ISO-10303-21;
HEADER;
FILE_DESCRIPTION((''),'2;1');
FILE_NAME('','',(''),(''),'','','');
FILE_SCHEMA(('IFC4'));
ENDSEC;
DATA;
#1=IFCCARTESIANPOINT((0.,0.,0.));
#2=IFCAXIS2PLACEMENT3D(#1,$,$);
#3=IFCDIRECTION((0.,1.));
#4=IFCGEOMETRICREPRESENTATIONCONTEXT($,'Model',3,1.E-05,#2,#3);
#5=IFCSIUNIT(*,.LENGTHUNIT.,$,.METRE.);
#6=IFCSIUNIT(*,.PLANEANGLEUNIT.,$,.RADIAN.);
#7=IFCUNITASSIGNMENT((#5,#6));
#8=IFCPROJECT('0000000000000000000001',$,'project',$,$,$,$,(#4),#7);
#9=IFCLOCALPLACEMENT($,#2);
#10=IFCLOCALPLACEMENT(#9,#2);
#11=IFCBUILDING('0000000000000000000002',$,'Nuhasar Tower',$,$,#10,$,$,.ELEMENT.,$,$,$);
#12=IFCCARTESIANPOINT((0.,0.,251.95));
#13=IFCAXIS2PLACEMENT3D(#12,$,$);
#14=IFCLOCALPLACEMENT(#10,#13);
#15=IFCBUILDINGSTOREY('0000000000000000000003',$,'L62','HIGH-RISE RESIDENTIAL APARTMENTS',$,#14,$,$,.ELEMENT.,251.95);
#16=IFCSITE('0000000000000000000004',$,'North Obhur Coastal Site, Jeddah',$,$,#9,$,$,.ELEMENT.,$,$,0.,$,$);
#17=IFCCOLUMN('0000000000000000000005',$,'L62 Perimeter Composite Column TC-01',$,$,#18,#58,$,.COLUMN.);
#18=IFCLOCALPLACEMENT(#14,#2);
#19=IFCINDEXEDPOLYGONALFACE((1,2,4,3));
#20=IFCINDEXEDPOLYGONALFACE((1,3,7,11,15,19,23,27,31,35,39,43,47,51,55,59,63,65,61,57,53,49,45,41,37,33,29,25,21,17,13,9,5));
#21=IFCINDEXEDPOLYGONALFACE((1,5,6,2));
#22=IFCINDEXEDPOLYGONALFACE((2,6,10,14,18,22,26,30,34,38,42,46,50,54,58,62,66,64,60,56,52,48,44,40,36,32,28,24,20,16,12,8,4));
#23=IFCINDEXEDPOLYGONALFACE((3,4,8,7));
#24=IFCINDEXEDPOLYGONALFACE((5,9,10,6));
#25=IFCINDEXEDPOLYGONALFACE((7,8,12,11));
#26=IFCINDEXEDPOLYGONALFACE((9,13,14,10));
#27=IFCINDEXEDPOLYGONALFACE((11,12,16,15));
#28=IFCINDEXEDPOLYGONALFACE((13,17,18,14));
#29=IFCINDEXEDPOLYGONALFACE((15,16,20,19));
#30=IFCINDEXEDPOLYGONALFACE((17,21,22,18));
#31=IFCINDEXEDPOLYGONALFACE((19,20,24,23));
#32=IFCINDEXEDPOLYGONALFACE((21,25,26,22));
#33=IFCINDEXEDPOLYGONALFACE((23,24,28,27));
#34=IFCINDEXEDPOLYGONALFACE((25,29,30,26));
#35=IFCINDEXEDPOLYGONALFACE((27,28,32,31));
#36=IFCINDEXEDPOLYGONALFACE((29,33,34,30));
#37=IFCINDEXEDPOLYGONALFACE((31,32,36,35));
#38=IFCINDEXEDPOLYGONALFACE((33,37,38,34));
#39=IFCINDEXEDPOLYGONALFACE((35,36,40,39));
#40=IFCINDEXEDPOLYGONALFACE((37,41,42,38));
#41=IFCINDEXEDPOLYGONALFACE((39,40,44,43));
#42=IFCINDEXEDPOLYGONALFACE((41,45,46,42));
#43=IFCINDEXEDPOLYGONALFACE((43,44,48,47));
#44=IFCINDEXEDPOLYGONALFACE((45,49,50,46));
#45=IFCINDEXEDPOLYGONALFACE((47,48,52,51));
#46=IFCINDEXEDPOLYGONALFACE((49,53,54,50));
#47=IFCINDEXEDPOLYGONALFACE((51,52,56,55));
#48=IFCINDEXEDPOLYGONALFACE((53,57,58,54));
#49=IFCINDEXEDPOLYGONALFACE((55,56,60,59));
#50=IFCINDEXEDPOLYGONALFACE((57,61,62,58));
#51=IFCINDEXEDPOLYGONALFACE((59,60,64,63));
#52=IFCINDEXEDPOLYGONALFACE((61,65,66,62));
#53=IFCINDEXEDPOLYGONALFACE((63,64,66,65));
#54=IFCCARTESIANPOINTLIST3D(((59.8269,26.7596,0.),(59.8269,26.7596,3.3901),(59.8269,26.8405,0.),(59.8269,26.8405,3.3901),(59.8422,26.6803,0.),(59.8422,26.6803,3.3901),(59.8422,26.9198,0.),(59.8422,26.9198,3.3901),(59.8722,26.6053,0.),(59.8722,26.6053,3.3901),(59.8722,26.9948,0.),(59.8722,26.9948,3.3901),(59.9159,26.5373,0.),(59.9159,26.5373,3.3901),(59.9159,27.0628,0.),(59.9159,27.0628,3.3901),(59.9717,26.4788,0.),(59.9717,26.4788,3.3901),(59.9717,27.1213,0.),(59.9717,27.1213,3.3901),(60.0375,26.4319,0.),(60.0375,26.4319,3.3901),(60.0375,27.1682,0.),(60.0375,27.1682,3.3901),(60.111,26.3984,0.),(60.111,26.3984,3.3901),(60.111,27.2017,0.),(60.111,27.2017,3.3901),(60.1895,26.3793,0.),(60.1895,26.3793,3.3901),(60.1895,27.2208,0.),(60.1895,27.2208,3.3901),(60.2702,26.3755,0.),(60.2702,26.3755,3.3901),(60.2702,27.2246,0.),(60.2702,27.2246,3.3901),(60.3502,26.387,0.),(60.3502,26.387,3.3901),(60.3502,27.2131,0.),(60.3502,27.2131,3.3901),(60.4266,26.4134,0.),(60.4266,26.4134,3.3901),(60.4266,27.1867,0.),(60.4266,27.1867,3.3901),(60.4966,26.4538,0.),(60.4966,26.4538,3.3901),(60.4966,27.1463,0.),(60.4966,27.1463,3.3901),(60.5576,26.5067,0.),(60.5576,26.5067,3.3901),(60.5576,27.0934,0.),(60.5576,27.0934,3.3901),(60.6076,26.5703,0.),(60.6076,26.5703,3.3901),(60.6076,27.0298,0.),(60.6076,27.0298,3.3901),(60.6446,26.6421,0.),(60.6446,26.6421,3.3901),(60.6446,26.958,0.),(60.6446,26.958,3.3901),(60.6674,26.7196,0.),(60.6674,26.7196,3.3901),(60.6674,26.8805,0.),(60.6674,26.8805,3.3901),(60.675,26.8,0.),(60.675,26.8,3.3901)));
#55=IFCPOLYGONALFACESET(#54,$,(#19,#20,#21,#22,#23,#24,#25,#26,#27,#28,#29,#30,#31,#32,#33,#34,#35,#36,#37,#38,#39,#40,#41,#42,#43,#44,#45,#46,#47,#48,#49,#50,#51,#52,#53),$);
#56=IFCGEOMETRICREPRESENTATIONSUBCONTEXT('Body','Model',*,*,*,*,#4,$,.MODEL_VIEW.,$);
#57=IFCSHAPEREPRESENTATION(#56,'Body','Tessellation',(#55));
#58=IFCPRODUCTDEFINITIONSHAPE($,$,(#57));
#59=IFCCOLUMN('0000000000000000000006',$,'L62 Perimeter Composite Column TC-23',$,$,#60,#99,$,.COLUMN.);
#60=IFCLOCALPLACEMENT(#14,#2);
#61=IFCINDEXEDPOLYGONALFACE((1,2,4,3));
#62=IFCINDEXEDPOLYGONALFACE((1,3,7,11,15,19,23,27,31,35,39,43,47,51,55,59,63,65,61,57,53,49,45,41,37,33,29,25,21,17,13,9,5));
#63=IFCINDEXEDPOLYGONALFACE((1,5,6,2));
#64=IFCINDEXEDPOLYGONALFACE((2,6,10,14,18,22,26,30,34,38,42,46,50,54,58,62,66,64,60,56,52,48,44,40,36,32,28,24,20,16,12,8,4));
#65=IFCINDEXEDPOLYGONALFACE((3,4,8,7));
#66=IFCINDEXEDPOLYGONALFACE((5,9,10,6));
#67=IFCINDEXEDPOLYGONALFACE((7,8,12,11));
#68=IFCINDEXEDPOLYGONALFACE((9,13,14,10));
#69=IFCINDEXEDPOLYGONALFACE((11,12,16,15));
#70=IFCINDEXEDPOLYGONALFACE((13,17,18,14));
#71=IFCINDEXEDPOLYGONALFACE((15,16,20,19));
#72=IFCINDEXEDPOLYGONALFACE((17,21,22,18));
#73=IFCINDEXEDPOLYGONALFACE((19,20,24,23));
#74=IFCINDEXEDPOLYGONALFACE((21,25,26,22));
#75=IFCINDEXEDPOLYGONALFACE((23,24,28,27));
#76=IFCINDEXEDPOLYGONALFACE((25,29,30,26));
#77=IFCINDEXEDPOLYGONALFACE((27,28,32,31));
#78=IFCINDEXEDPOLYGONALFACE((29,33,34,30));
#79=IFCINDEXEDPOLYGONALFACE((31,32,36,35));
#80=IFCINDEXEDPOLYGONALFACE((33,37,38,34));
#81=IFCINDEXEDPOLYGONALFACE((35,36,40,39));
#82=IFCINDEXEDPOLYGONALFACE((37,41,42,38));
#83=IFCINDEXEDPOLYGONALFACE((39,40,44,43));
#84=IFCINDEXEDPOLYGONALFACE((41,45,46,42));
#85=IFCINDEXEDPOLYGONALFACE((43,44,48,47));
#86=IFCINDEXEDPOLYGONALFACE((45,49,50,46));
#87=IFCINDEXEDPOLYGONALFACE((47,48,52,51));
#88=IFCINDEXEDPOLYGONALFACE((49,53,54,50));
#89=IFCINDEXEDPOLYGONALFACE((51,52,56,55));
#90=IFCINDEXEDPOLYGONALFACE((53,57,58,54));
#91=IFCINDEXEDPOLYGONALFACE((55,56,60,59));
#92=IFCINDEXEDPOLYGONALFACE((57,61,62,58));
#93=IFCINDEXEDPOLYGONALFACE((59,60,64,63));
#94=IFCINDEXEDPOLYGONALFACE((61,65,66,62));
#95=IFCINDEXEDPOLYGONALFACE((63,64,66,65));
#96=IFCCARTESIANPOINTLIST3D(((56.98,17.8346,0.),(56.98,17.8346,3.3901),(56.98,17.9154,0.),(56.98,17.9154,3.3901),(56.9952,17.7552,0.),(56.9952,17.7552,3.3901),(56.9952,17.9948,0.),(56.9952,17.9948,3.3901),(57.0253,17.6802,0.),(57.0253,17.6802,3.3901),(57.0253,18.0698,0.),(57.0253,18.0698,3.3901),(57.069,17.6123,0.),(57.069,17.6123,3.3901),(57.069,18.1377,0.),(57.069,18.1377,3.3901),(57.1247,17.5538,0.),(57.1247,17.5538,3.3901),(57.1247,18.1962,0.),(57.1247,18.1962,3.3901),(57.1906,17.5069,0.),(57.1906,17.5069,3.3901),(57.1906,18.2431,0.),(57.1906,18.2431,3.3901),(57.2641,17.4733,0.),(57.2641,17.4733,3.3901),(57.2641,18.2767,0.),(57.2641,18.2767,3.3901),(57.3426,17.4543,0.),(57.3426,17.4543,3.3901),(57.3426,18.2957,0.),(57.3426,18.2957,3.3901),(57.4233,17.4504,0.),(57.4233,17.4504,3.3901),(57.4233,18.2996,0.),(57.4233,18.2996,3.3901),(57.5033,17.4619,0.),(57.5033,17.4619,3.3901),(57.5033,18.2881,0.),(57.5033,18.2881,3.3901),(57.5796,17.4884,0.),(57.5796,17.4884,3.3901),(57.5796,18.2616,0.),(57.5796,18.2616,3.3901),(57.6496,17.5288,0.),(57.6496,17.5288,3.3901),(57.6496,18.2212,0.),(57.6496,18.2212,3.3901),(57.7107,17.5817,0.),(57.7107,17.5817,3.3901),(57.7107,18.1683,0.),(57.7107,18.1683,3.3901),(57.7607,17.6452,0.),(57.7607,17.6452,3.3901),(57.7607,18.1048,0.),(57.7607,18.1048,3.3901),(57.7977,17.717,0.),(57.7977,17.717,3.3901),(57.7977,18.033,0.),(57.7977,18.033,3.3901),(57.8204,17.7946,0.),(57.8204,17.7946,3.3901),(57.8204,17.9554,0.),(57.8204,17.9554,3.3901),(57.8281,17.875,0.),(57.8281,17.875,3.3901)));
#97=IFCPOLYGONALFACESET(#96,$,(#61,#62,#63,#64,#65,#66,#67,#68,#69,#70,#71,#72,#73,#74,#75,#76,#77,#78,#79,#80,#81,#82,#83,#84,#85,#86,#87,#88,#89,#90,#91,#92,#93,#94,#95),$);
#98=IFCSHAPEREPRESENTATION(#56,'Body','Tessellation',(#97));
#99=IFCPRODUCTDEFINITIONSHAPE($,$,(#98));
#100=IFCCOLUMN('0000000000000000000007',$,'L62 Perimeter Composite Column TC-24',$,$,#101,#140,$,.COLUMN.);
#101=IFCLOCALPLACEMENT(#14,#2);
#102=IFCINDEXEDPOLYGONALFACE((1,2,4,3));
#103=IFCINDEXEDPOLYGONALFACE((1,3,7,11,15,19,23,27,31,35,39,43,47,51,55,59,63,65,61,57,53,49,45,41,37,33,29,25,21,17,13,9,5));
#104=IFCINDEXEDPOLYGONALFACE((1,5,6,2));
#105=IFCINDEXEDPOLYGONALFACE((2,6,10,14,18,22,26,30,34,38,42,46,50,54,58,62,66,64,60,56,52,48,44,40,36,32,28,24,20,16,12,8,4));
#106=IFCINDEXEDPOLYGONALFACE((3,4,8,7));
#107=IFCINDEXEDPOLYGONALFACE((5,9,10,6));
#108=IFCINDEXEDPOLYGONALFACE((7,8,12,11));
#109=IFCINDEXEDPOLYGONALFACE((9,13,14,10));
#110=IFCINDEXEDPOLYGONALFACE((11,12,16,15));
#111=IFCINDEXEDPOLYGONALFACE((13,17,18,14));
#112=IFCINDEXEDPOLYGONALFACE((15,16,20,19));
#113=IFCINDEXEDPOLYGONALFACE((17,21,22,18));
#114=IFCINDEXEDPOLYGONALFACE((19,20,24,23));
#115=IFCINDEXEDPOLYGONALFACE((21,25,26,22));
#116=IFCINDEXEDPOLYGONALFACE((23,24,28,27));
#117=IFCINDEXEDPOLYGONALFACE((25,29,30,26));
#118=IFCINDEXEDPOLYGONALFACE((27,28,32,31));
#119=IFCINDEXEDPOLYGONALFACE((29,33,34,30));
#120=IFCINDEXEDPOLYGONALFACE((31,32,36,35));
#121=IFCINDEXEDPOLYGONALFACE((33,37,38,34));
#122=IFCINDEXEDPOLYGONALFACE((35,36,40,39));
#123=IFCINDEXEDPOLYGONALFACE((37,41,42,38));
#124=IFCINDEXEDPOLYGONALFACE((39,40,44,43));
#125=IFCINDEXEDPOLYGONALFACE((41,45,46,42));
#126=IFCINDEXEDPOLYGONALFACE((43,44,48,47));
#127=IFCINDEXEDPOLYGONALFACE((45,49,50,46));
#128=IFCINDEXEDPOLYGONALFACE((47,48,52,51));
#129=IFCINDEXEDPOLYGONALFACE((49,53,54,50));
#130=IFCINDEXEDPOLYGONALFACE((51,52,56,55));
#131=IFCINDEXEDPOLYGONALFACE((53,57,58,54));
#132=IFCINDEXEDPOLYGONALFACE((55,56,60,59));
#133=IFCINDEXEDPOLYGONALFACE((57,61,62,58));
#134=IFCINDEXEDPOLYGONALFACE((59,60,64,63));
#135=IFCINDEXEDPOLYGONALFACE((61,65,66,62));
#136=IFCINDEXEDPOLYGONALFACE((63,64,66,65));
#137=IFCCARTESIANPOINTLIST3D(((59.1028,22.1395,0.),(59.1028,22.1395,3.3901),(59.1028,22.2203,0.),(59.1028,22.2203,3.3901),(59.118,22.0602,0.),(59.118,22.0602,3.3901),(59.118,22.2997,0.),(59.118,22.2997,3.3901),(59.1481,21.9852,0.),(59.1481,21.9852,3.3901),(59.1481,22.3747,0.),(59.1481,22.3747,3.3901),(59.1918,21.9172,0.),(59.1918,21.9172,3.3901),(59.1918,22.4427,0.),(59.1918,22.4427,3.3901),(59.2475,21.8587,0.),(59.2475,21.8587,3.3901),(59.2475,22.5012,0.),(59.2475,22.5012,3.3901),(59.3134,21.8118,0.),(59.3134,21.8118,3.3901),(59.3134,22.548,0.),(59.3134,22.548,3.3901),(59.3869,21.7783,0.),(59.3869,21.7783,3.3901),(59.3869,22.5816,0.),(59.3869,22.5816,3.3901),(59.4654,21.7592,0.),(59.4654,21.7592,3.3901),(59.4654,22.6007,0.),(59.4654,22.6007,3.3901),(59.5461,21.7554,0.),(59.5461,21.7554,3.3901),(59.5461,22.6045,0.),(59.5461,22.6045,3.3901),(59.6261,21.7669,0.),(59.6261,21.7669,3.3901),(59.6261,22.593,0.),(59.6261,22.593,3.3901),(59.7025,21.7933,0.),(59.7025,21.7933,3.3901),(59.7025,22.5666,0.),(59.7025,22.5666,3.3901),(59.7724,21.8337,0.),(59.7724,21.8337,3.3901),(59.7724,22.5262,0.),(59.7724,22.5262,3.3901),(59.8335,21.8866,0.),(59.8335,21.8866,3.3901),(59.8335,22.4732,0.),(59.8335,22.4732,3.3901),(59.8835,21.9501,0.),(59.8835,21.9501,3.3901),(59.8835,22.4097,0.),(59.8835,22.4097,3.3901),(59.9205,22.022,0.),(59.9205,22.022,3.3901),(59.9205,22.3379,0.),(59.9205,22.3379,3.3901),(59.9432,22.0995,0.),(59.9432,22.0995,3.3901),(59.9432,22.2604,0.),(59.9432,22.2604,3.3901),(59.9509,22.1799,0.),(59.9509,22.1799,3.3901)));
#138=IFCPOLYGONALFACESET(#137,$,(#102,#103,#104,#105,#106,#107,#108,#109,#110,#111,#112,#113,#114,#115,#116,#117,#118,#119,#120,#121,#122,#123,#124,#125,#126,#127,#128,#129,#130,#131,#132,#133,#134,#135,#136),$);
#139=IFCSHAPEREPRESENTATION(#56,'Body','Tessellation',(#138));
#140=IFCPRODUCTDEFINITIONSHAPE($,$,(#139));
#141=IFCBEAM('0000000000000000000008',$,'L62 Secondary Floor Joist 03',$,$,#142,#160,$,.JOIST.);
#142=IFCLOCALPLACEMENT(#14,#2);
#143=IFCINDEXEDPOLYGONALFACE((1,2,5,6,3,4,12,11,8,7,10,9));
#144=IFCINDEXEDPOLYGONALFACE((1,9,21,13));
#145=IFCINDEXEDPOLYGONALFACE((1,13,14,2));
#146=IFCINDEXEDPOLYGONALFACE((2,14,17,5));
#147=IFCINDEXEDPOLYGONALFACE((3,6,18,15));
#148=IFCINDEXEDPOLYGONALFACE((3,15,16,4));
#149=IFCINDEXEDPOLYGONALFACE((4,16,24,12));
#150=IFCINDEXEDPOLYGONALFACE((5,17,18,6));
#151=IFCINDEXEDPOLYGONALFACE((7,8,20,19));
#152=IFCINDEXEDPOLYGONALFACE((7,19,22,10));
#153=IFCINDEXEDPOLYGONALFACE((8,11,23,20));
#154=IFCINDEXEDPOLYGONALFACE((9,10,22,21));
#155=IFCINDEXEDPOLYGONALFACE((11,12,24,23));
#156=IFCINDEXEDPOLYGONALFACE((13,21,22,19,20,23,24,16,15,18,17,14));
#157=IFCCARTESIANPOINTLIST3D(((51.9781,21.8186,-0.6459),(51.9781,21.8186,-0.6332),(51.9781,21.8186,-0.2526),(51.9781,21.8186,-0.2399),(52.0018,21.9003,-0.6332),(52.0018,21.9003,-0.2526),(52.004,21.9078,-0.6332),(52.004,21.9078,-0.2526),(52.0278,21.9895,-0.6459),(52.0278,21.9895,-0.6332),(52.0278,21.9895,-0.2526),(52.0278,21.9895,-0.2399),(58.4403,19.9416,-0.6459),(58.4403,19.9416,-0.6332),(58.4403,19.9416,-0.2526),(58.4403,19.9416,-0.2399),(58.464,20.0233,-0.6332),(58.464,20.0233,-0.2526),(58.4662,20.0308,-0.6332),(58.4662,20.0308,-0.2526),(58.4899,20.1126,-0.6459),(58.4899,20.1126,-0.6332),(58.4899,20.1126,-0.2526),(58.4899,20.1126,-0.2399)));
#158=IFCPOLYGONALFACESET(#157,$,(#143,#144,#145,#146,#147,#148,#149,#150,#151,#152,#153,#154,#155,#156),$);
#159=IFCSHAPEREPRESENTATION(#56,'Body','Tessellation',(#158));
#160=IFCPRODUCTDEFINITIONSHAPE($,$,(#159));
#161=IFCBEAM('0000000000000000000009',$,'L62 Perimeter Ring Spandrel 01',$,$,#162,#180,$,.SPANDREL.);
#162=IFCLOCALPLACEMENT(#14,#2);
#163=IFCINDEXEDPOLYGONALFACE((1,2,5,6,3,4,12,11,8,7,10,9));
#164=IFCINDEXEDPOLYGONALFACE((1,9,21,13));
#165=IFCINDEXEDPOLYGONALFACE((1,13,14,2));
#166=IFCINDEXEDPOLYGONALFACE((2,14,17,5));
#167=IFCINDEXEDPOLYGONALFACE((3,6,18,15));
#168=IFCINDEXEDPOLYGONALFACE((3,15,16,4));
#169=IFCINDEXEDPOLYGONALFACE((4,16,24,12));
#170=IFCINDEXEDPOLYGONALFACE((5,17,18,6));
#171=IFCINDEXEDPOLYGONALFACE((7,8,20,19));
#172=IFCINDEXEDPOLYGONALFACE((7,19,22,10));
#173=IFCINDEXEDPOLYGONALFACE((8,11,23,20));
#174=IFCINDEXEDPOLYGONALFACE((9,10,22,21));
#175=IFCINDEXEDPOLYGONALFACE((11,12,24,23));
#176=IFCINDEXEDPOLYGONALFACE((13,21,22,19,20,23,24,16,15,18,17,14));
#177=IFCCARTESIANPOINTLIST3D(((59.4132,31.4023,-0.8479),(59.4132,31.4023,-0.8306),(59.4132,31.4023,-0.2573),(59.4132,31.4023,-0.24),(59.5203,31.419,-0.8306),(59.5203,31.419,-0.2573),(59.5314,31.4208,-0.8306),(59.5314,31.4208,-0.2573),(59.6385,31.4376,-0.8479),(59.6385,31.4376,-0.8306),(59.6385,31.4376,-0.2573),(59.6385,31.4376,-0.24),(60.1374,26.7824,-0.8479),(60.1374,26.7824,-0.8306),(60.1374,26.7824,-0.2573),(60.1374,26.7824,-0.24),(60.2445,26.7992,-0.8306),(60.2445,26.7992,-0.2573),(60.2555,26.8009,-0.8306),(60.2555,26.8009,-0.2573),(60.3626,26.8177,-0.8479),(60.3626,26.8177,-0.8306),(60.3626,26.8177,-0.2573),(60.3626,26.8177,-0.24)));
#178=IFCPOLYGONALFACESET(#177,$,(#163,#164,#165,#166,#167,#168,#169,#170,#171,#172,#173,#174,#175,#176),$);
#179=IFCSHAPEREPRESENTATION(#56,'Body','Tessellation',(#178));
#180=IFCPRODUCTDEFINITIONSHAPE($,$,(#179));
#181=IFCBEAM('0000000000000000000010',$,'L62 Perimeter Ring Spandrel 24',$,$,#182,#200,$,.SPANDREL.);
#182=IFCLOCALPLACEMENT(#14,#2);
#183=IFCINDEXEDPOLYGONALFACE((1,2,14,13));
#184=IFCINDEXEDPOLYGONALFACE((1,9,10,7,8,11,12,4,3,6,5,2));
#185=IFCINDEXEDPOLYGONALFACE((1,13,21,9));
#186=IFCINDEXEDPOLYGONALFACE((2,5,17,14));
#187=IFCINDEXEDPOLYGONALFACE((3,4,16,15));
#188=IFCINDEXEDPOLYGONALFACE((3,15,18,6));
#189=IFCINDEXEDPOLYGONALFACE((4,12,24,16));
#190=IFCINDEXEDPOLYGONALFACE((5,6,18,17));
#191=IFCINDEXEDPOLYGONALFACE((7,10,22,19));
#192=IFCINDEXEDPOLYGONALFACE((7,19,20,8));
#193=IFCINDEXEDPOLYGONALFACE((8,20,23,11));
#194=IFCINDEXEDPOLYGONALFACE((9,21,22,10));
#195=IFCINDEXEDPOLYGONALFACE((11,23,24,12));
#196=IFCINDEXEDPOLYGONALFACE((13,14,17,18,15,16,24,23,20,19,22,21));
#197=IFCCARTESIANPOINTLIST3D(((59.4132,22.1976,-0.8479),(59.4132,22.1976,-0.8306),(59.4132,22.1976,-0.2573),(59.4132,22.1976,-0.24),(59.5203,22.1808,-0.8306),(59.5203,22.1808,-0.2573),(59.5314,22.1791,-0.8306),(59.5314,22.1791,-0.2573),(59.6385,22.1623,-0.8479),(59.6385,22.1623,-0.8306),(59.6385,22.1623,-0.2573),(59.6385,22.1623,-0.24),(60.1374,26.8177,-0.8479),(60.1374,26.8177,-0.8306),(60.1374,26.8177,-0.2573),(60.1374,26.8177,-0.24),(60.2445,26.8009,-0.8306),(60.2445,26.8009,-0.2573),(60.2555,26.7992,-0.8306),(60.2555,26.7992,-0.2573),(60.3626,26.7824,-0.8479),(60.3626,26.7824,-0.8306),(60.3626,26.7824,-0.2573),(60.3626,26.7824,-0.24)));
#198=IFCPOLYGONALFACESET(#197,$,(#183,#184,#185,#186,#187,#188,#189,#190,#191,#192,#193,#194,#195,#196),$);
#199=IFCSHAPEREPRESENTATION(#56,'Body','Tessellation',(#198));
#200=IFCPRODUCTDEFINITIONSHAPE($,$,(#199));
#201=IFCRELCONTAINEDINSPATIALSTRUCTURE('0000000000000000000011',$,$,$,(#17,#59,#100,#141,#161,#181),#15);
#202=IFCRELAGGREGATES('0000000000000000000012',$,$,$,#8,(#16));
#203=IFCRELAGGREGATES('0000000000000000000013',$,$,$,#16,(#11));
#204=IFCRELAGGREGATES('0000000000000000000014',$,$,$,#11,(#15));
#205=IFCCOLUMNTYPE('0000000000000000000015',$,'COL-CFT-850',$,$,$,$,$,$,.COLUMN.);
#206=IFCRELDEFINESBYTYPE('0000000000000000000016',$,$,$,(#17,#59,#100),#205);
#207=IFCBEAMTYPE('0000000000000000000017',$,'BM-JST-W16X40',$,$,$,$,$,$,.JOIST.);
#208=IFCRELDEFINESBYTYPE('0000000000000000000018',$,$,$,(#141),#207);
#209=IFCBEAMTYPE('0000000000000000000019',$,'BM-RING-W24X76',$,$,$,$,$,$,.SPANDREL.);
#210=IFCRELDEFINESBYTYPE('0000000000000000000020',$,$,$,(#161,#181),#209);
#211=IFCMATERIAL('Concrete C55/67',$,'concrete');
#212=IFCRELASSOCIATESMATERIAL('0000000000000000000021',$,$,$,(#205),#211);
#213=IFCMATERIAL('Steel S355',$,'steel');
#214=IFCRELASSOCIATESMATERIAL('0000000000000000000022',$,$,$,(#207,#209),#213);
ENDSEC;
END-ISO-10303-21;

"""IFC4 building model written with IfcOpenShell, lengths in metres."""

from ifc_helpers import new_model, si_unit, direction, frame, origin, origin_2d, place, context, subcontext, project, spatial, circle, i_section, extrude, material, material_profile, profile_set, type_object, element, save


model = new_model("IFC4")

# Units and contexts
model_context = context("Model", 3, precision=1e-05, world=origin(), true_north=direction((0.0, 1.0)))
body_context = subcontext(model_context, "Body", "Model", "MODEL_VIEW")
ifc_project = project(units=[si_unit("LENGTHUNIT", "METRE"), si_unit("PLANEANGLEUNIT", "RADIAN")], contexts=[model_context])

# Site, building, storey
site_placement = place(None, origin())
site = spatial("IfcSite", under=ifc_project, at=site_placement, Name="North Obhur Coastal Site, Jeddah", CompositionType="ELEMENT", RefElevation=0.0)
building_placement = place(site_placement, origin())
building = spatial("IfcBuilding", under=site, at=building_placement, Name="Nuhasar Tower", CompositionType="ELEMENT")
storey_placement = place(building_placement, frame((0.0, 0.0, 251.95)))
storey = spatial("IfcBuildingStorey", under=building, at=storey_placement, Name="L62", Description="HIGH-RISE RESIDENTIAL APARTMENTS", CompositionType="ELEMENT", Elevation=251.95)

# Columns
ifc_material_1 = material(Name="Concrete C55/67", Category="concrete")
ifc_material_profile_1 = material_profile(ifc_material_1, circle(Radius=0.425, at=origin_2d()), Name="CFT850")
ifc_profile_set_1 = profile_set([ifc_material_profile_1], Name="Concrete C55/67")
column_type = type_object("IfcColumnType", Name="COL-CFT-850", PredefinedType="COLUMN", material=ifc_profile_set_1)
for number, where, z_axis, x_axis, name in (
    (1, (60.25, 26.8, 0.0), (0.0, 0.0, 1.0), (1.0, 0.0, 0.0), "L62 Perimeter Composite Column TC-01"),
    (2, (57.4031, 17.875, 0.0), (0.0, 0.0, 1.0), (1.0, 0.0, 0.0), "L62 Perimeter Composite Column TC-23"),
    (3, (59.5259, 22.1799, 0.0), (0.0, 0.0, 1.0), (1.0, 0.0, 0.0), "L62 Perimeter Composite Column TC-24"),
):
    element("IfcColumn", number, at=place(storey_placement, frame(where, z_axis=z_axis, x_axis=x_axis)), inside=storey, type_object=column_type, Name=name, PredefinedType="COLUMN", context=body_context, shape_type="SweptSolid", body=[
        extrude(circle(Radius=0.425, at=origin_2d()), origin(), (0.0, 0.0, 1.0), 3.3901),
    ])

# Beams
ifc_material_2 = material(Name="Steel S355", Category="steel")
ifc_material_profile_2 = material_profile(ifc_material_2, i_section(OverallWidth=0.178, OverallDepth=0.406, WebThickness=0.0078, FlangeThickness=0.0127, at=origin_2d()), Name="W16X40")
ifc_profile_set_2 = profile_set([ifc_material_profile_2], Name="Steel S355")
beam_type_1 = type_object("IfcBeamType", Name="BM-JST-W16X40", PredefinedType="JOIST", material=ifc_profile_set_2)
beam_1_placement = place(storey_placement, frame((52.0029, 21.9041, -0.4429), z_axis=(0.960313, -0.278926, 0.0), x_axis=(0.278926, 0.960313, 0.0)))
element("IfcBeam", 4, at=beam_1_placement, inside=storey, type_object=beam_type_1, Name="L62 Secondary Floor Joist 03", PredefinedType="JOIST", context=body_context, shape_type="SweptSolid", body=[
    extrude(i_section(OverallWidth=0.178, OverallDepth=0.406, WebThickness=0.0078, FlangeThickness=0.0127, at=origin_2d()), origin(), (0.0, 0.0, 1.0), 6.7292),
])
ifc_material_profile_3 = material_profile(ifc_material_2, i_section(OverallWidth=0.228, OverallDepth=0.6079, WebThickness=0.0112, FlangeThickness=0.0173, at=origin_2d()), Name="W24X76")
ifc_profile_set_3 = profile_set([ifc_material_profile_3], Name="Steel S355")
beam_type_2 = type_object("IfcBeamType", Name="BM-RING-W24X76", PredefinedType="SPANDREL", material=ifc_profile_set_3)
beam_2_placement = place(storey_placement, frame((60.25, 26.8, -0.5439), z_axis=(-0.15485, 0.987938, 0.0), x_axis=(-0.987938, -0.15485, 0.0)))
element("IfcBeam", 5, at=beam_2_placement, inside=storey, type_object=beam_type_2, Name="L62 Perimeter Ring Spandrel 01", PredefinedType="SPANDREL", context=body_context, shape_type="SweptSolid", body=[
    extrude(i_section(OverallWidth=0.228, OverallDepth=0.6079, WebThickness=0.0112, FlangeThickness=0.0173, at=origin_2d()), origin(), (0.0, 0.0, 1.0), 4.6763),
])
beam_3_placement = place(storey_placement, frame((59.5259, 22.1799, -0.5439), z_axis=(0.154842, 0.987939, 0.0), x_axis=(-0.987939, 0.154842, 0.0)))
element("IfcBeam", 6, at=beam_3_placement, inside=storey, type_object=beam_type_2, Name="L62 Perimeter Ring Spandrel 24", PredefinedType="SPANDREL", context=body_context, shape_type="SweptSolid", body=[
    extrude(i_section(OverallWidth=0.228, OverallDepth=0.6079, WebThickness=0.0112, FlangeThickness=0.0173, at=origin_2d()), origin(), (0.0, 0.0, 1.0), 4.6765),
])

save(model, "model.ifc")
